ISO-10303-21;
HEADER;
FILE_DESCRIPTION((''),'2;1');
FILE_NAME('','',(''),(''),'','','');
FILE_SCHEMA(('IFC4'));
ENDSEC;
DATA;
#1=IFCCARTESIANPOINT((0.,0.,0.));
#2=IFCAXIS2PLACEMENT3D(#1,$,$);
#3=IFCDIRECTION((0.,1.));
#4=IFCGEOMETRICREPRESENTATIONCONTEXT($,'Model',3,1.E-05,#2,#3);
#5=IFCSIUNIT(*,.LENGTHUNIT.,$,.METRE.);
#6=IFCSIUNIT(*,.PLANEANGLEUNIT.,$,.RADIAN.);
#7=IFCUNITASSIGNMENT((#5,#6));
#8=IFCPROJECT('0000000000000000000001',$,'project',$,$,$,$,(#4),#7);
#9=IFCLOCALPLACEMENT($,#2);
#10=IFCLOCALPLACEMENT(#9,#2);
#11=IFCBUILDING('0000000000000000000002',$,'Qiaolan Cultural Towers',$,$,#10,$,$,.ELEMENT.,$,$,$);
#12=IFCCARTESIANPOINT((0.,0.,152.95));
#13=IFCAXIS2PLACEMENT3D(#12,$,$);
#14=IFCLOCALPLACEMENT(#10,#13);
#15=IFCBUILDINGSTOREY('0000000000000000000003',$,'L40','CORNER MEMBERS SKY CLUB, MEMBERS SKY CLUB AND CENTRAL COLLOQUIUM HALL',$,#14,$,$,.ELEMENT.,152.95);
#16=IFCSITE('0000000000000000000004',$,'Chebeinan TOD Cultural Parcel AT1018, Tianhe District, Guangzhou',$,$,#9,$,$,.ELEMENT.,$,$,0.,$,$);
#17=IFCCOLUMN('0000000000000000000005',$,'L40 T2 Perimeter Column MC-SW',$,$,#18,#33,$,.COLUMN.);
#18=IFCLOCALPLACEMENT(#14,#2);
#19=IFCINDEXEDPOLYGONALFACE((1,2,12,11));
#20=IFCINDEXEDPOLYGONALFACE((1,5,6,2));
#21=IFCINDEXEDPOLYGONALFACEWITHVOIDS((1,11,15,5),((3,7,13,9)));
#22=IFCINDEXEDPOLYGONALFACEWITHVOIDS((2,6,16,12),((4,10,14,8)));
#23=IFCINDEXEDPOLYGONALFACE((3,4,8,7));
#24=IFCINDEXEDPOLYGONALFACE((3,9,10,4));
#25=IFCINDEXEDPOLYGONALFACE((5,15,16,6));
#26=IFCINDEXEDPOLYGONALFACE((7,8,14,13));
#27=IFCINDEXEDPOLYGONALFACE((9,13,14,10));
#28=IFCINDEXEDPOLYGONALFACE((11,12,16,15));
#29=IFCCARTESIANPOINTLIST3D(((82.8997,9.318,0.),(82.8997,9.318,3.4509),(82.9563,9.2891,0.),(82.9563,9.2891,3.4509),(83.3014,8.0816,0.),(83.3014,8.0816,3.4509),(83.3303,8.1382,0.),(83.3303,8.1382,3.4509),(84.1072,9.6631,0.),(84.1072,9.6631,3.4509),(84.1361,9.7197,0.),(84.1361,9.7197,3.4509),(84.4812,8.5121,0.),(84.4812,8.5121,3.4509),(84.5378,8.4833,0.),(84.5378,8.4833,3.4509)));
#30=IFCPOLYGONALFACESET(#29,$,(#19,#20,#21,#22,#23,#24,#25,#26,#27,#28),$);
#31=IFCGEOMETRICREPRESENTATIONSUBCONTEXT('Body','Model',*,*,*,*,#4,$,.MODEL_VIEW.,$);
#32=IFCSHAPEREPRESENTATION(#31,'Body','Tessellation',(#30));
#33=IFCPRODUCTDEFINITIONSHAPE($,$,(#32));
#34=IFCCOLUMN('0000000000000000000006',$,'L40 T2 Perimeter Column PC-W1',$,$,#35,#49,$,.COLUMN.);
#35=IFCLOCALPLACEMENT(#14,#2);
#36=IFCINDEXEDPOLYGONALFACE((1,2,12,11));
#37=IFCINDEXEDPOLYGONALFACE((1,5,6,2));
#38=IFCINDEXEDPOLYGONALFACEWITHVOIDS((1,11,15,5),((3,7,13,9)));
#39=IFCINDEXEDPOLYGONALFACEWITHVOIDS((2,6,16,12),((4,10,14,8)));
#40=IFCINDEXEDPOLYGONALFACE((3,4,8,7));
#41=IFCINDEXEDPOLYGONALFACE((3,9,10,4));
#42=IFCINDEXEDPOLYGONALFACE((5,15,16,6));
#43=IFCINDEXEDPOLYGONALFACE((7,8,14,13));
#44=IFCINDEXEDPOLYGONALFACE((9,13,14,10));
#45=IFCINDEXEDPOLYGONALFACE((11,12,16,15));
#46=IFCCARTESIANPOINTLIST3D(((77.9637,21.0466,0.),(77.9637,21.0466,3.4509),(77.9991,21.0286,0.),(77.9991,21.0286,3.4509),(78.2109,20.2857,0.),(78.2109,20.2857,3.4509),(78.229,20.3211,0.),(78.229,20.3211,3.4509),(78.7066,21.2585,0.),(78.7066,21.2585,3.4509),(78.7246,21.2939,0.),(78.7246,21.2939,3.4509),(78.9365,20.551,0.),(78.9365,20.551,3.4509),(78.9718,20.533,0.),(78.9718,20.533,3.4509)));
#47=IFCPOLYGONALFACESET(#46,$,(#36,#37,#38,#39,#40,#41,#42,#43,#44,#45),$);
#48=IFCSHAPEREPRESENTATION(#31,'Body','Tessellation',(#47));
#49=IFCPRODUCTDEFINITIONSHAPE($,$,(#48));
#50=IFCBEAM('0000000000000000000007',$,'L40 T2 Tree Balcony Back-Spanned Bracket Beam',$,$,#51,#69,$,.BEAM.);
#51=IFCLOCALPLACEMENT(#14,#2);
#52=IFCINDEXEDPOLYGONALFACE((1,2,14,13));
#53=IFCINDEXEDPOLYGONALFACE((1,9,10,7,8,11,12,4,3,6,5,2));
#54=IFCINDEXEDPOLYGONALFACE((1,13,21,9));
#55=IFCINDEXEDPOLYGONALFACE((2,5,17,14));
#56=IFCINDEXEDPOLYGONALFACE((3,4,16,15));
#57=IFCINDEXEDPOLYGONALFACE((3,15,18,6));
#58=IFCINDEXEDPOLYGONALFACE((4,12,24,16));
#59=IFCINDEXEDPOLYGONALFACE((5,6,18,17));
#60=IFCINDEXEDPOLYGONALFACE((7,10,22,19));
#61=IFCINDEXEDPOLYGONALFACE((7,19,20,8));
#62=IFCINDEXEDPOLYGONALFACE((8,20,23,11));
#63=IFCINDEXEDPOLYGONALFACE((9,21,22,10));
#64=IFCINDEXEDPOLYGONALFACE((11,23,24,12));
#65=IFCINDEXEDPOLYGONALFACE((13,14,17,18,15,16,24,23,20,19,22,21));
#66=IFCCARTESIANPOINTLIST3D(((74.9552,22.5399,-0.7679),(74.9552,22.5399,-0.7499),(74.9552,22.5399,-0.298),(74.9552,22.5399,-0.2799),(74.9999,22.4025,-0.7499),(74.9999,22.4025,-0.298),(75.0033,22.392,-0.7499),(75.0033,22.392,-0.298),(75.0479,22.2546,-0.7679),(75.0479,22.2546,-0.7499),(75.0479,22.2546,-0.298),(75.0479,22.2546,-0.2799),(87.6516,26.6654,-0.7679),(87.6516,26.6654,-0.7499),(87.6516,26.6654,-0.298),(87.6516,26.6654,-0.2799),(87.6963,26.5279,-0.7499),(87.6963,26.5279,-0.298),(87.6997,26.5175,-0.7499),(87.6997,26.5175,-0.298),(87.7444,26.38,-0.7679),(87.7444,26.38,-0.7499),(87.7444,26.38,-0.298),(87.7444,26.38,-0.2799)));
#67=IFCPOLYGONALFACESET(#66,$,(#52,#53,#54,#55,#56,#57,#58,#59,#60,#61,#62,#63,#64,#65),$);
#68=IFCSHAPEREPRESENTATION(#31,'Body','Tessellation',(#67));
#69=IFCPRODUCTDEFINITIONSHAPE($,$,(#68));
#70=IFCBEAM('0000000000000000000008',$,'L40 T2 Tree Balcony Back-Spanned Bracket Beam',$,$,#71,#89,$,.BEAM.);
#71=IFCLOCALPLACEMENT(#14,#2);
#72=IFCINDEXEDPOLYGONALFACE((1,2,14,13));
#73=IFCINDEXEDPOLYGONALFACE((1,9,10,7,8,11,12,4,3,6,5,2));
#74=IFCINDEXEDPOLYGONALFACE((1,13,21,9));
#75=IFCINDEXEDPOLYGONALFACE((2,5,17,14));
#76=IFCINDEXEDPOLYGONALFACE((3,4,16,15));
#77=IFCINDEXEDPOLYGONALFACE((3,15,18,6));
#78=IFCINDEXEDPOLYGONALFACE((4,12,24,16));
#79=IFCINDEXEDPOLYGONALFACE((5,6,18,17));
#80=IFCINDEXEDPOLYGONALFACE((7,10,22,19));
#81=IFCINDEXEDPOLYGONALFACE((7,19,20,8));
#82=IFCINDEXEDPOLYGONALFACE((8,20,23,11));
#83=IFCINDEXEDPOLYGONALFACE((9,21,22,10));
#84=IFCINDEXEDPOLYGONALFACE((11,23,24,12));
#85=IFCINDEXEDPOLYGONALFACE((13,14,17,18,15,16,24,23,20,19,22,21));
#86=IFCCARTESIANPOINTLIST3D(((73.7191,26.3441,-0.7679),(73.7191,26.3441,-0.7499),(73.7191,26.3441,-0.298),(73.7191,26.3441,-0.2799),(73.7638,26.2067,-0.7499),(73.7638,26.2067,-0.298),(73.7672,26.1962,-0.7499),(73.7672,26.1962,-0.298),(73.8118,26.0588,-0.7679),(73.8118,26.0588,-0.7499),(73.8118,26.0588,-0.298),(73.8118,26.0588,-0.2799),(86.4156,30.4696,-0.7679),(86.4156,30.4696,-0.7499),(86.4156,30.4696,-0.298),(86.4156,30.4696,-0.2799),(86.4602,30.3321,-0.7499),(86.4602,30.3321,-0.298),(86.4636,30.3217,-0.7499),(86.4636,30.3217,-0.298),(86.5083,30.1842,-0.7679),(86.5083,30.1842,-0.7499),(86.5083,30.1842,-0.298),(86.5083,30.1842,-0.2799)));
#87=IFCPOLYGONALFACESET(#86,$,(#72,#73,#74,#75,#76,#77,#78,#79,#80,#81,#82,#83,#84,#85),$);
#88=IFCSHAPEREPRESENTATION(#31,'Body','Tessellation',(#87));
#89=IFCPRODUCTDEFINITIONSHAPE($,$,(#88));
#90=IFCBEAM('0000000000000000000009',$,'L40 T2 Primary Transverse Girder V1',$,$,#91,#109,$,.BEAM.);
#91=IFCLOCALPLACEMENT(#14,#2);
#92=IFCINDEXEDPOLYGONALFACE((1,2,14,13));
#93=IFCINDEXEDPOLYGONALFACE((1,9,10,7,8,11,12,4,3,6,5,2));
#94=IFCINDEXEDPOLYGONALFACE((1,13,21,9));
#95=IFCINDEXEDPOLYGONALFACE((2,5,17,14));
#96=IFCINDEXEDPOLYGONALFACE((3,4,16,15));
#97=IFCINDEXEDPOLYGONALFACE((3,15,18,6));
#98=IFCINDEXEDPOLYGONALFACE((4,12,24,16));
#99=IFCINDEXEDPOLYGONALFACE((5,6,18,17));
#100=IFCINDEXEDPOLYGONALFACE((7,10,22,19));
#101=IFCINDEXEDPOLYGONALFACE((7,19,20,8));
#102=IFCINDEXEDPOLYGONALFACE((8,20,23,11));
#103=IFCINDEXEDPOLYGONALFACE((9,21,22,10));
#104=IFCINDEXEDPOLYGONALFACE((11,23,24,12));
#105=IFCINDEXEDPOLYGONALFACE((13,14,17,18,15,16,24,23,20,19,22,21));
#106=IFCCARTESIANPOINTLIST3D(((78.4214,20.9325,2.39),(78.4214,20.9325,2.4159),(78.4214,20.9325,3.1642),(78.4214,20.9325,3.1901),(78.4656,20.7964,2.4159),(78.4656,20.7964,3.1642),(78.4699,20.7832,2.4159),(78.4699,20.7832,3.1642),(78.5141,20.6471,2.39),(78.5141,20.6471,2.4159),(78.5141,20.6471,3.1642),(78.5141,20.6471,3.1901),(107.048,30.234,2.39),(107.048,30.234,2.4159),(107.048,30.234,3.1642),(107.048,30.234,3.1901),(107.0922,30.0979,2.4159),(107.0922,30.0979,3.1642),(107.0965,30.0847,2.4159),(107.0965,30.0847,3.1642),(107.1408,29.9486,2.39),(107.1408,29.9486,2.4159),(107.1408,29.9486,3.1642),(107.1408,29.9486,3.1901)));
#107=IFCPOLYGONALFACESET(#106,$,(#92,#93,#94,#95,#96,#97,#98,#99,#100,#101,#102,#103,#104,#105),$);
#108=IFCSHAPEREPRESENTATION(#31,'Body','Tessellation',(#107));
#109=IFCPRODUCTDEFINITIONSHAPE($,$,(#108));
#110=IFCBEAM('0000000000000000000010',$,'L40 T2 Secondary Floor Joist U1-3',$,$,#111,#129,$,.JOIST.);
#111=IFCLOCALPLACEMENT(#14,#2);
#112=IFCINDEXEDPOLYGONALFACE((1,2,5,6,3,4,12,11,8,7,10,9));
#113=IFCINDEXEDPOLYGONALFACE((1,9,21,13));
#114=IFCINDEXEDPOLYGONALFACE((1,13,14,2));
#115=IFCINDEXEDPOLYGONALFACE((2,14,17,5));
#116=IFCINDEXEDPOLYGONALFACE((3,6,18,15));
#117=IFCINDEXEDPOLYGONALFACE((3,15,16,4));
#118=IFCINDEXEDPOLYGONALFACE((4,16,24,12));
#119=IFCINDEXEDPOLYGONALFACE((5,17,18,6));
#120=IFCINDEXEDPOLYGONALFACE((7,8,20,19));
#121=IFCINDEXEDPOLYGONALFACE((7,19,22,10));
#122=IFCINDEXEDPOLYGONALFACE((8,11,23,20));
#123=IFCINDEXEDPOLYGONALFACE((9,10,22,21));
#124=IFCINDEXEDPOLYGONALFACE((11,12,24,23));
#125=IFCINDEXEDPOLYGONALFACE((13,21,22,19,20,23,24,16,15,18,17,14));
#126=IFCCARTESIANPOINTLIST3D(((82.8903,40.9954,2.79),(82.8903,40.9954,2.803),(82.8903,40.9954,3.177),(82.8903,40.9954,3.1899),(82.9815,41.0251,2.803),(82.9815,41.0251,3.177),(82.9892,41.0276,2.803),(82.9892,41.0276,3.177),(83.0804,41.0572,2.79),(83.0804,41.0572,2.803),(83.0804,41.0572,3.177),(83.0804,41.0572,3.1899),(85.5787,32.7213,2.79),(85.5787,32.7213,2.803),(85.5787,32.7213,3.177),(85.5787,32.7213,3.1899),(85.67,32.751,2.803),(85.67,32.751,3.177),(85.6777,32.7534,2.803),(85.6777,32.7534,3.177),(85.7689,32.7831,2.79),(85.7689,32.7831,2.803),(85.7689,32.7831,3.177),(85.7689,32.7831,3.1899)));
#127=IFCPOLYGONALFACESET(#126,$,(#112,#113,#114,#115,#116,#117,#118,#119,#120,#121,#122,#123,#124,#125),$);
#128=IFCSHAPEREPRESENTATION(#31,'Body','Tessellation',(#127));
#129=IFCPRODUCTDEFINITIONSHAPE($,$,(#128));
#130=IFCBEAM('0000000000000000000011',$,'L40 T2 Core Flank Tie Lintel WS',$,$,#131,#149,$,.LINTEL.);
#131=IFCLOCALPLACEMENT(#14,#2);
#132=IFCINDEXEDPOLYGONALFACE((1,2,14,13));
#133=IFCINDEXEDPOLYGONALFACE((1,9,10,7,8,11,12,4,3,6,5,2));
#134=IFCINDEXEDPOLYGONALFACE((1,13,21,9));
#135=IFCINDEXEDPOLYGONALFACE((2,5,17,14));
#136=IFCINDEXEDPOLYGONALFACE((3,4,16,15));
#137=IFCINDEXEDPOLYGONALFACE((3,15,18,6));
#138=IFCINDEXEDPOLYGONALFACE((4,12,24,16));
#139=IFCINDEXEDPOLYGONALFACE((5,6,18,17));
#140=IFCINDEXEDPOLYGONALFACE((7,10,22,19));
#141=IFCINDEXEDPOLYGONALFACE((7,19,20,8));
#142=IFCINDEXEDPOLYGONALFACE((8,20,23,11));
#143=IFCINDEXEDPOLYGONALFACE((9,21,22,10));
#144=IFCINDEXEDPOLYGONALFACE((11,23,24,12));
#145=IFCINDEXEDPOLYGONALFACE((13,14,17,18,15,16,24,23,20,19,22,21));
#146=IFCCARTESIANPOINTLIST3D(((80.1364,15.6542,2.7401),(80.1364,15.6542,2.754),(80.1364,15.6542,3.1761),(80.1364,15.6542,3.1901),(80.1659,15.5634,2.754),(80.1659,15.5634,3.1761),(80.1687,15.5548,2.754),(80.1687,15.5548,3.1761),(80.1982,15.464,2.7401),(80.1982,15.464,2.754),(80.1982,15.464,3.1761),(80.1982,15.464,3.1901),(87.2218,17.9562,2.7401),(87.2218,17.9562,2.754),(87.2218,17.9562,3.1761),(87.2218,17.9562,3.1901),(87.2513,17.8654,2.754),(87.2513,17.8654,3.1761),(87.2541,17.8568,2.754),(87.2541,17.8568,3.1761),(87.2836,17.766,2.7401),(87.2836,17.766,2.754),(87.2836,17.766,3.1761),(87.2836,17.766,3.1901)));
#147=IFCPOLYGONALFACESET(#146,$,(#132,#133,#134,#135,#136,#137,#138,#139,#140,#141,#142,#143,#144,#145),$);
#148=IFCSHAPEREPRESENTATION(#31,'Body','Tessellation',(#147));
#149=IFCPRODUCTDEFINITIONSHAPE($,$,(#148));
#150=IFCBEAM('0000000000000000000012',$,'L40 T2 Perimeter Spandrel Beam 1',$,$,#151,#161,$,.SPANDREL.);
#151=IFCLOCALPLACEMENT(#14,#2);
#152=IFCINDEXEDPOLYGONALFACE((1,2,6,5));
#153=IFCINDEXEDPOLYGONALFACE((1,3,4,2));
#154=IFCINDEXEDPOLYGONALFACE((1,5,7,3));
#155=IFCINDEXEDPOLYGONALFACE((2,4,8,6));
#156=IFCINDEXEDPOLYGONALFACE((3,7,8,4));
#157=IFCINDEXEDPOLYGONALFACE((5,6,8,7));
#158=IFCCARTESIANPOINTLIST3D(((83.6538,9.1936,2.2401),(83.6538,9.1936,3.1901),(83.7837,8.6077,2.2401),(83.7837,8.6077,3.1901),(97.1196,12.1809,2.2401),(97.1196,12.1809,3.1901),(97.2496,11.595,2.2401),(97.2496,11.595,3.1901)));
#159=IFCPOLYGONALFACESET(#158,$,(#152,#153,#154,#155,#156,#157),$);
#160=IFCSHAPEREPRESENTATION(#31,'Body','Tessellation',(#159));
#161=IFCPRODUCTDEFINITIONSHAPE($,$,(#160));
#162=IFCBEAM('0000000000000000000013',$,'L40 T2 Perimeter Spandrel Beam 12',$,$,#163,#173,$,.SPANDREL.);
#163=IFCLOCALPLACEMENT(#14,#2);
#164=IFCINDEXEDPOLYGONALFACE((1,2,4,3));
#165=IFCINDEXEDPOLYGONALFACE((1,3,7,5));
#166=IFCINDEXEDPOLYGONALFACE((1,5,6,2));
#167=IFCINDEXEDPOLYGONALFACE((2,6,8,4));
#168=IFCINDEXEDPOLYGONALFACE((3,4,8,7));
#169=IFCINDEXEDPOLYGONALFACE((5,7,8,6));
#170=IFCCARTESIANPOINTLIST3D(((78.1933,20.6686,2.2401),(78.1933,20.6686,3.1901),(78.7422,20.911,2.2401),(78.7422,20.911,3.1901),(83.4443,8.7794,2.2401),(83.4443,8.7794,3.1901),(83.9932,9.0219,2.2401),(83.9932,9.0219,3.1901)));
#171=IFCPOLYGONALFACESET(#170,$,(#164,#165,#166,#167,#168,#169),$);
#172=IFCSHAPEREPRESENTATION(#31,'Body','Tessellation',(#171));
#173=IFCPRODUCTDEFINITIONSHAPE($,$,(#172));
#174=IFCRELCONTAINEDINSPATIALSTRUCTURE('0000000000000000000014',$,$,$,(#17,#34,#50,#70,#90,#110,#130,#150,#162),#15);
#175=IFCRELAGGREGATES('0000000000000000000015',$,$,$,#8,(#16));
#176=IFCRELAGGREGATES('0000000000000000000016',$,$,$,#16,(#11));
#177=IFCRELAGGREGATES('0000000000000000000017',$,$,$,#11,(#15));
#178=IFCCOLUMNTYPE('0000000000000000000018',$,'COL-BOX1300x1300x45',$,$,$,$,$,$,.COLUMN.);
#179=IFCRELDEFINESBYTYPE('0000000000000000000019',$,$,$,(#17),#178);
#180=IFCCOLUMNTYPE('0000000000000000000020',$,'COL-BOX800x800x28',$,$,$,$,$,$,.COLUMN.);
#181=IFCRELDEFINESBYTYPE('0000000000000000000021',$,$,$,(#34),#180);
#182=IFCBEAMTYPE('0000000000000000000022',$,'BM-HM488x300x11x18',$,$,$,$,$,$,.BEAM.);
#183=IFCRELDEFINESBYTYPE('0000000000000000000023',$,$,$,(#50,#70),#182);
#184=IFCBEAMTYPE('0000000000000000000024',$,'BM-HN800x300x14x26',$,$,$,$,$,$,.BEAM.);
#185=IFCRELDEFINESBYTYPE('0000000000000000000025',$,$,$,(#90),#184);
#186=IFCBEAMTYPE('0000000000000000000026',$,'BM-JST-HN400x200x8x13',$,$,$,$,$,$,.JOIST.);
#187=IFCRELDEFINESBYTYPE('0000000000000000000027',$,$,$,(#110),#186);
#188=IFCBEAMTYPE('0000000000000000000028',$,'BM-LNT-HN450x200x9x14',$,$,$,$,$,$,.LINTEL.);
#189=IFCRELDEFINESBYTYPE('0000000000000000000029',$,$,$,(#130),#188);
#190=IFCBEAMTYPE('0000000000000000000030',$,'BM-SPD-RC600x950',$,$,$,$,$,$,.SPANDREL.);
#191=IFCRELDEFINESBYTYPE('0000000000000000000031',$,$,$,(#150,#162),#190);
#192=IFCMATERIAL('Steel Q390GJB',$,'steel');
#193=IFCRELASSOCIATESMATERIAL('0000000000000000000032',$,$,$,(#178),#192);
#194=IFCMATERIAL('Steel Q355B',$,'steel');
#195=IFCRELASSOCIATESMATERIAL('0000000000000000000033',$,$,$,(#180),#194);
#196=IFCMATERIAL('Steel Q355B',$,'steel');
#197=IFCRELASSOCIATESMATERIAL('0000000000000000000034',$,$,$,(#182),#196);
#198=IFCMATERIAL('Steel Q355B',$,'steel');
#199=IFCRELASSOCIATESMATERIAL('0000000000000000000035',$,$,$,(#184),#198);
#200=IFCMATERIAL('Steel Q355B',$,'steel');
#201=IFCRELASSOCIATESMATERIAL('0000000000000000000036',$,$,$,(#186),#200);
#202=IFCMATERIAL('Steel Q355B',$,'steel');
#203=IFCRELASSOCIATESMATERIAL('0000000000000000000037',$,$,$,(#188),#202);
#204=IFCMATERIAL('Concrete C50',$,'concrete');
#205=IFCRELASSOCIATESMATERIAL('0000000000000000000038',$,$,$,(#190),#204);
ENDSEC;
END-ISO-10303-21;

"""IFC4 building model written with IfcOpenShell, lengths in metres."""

from ifc_helpers import new_model, si_unit, direction, frame, origin, origin_2d, place, context, subcontext, project, spatial, rectangle, hollow_rectangle, i_section, extrude, material, material_profile, profile_set, type_object, element, save


model = new_model("IFC4")

# Units and contexts
model_context = context("Model", 3, precision=1e-05, world=origin(), true_north=direction((0.0, 1.0)))
body_context = subcontext(model_context, "Body", "Model", "MODEL_VIEW")
ifc_project = project(units=[si_unit("LENGTHUNIT", "METRE"), si_unit("PLANEANGLEUNIT", "RADIAN")], contexts=[model_context])

# Site, building, storey
site_placement = place(None, origin())
site = spatial("IfcSite", under=ifc_project, at=site_placement, Name="Chebeinan TOD Cultural Parcel AT1018, Tianhe District, Guangzhou", CompositionType="ELEMENT", RefElevation=0.0)
building_placement = place(site_placement, origin())
building = spatial("IfcBuilding", under=site, at=building_placement, Name="Qiaolan Cultural Towers", CompositionType="ELEMENT")
storey_placement = place(building_placement, frame((0.0, 0.0, 152.95)))
storey = spatial("IfcBuildingStorey", under=building, at=storey_placement, Name="L40", Description="CORNER MEMBERS SKY CLUB, MEMBERS SKY CLUB AND CENTRAL COLLOQUIUM HALL", CompositionType="ELEMENT", Elevation=152.95)

# Columns
ifc_material_1 = material(Name="Steel Q390GJB", Category="steel")
ifc_material_profile_1 = material_profile(ifc_material_1, hollow_rectangle(XDim=1.3, YDim=1.3, WallThickness=0.0449, at=origin_2d()), Name="BOX1300x1300x45")
ifc_profile_set_1 = profile_set([ifc_material_profile_1], Name="Steel Q390GJB")
column_type_1 = type_object("IfcColumnType", Name="COL-BOX1300x1300x45", PredefinedType="COLUMN", material=ifc_profile_set_1)
column_1_placement = place(storey_placement, frame((83.7188, 8.9006, 0.0), z_axis=(0.0, 0.0, 1.0), x_axis=(0.951057, 0.309017, 0.0)))
element("IfcColumn", 1, at=column_1_placement, inside=storey, type_object=column_type_1, Name="L40 T2 Perimeter Column MC-SW", PredefinedType="COLUMN", context=body_context, shape_type="SweptSolid", body=[
    extrude(hollow_rectangle(XDim=1.3, YDim=1.3, WallThickness=0.0449, at=origin_2d()), origin(), (0.0, 0.0, 1.0), 3.4509),
])
ifc_material_2 = material(Name="Steel Q355B", Category="steel")
ifc_material_profile_2 = material_profile(ifc_material_2, hollow_rectangle(XDim=0.8, YDim=0.8, WallThickness=0.0281, at=origin_2d()), Name="BOX800x800x28")
ifc_profile_set_2 = profile_set([ifc_material_profile_2], Name="Steel Q355B")
column_type_2 = type_object("IfcColumnType", Name="COL-BOX800x800x28", PredefinedType="COLUMN", material=ifc_profile_set_2)
column_2_placement = place(storey_placement, frame((78.4678, 20.7898, 0.0), z_axis=(0.0, 0.0, 1.0), x_axis=(0.951057, 0.309017, 0.0)))
element("IfcColumn", 2, at=column_2_placement, inside=storey, type_object=column_type_2, Name="L40 T2 Perimeter Column PC-W1", PredefinedType="COLUMN", context=body_context, shape_type="SweptSolid", body=[
    extrude(hollow_rectangle(XDim=0.8, YDim=0.8, WallThickness=0.0281, at=origin_2d()), origin(), (0.0, 0.0, 1.0), 3.4509),
])

# Beams
ifc_material_3 = material(Name="Steel Q355B", Category="steel")
ifc_material_profile_3 = material_profile(ifc_material_3, i_section(OverallWidth=0.3, OverallDepth=0.488, WebThickness=0.011, FlangeThickness=0.0181, at=origin_2d()), Name="HM488x300x11x18")
ifc_profile_set_3 = profile_set([ifc_material_profile_3], Name="Steel Q355B")
beam_type_1 = type_object("IfcBeamType", Name="BM-HM488x300x11x18", PredefinedType="BEAM", material=ifc_profile_set_3)
for number, where, z_axis, x_axis, name in (
    (3, (87.698, 26.5227, -0.5239), (-0.951054, -0.309026, 0.0), (0.309026, -0.951054, 0.0), "L40 T2 Tree Balcony Back-Spanned Bracket Beam"),
    (4, (86.4619, 30.3269, -0.5239), (-0.951054, -0.309026, 0.0), (0.309026, -0.951054, 0.0), "L40 T2 Tree Balcony Back-Spanned Bracket Beam"),
):
    element("IfcBeam", number, at=place(storey_placement, frame(where, z_axis=z_axis, x_axis=x_axis)), inside=storey, type_object=beam_type_1, Name=name, PredefinedType="BEAM", context=body_context, shape_type="SweptSolid", body=[
        extrude(i_section(OverallWidth=0.3, OverallDepth=0.488, WebThickness=0.011, FlangeThickness=0.0181, at=origin_2d()), origin(), (0.0, 0.0, 1.0), 13.3499),
    ])
ifc_material_4 = material(Name="Steel Q355B", Category="steel")
ifc_material_profile_4 = material_profile(ifc_material_4, i_section(OverallWidth=0.3, OverallDepth=0.8, WebThickness=0.0139, FlangeThickness=0.0259, at=origin_2d()), Name="HN800x300x14x26")
ifc_profile_set_4 = profile_set([ifc_material_profile_4], Name="Steel Q355B")
beam_type_2 = type_object("IfcBeamType", Name="BM-HN800x300x14x26", PredefinedType="BEAM", material=ifc_profile_set_4)
beam_1_placement = place(storey_placement, frame((78.4678, 20.7898, 2.79), z_axis=(0.951055, 0.309021, 0.0), x_axis=(-0.309021, 0.951055, 0.0)))
element("IfcBeam", 5, at=beam_1_placement, inside=storey, type_object=beam_type_2, Name="L40 T2 Primary Transverse Girder V1", PredefinedType="BEAM", context=body_context, shape_type="SweptSolid", body=[
    extrude(i_section(OverallWidth=0.3, OverallDepth=0.8, WebThickness=0.0139, FlangeThickness=0.0259, at=origin_2d()), origin(), (0.0, 0.0, 1.0), 30.0999),
])
ifc_material_5 = material(Name="Steel Q355B", Category="steel")
ifc_material_profile_5 = material_profile(ifc_material_5, i_section(OverallWidth=0.2, OverallDepth=0.3999, WebThickness=0.0081, FlangeThickness=0.0129, at=origin_2d()), Name="HN400x200x8x13")
ifc_profile_set_5 = profile_set([ifc_material_profile_5], Name="Steel Q355B")
beam_type_3 = type_object("IfcBeamType", Name="BM-JST-HN400x200x8x13", PredefinedType="JOIST", material=ifc_profile_set_5)
beam_2_placement = place(storey_placement, frame((85.6738, 32.7522, 2.99), z_axis=(-0.309021, 0.951055, 0.0), x_axis=(-0.951055, -0.309021, 0.0)))
element("IfcBeam", 6, at=beam_2_placement, inside=storey, type_object=beam_type_3, Name="L40 T2 Secondary Floor Joist U1-3", PredefinedType="JOIST", context=body_context, shape_type="SweptSolid", body=[
    extrude(i_section(OverallWidth=0.2, OverallDepth=0.3999, WebThickness=0.0081, FlangeThickness=0.0129, at=origin_2d()), origin(), (0.0, 0.0, 1.0), 8.7),
])
ifc_material_6 = material(Name="Steel Q355B", Category="steel")
ifc_material_profile_6 = material_profile(ifc_material_6, i_section(OverallWidth=0.2, OverallDepth=0.45, WebThickness=0.009, FlangeThickness=0.0139, at=origin_2d()), Name="HN450x200x9x14")
ifc_profile_set_6 = profile_set([ifc_material_profile_6], Name="Steel Q355B")
beam_type_4 = type_object("IfcBeamType", Name="BM-LNT-HN450x200x9x14", PredefinedType="LINTEL", material=ifc_profile_set_6)
beam_3_placement = place(storey_placement, frame((87.2527, 17.8611, 2.9651), z_axis=(-0.951064, -0.308993, 0.0), x_axis=(0.308993, -0.951064, 0.0)))
element("IfcBeam", 7, at=beam_3_placement, inside=storey, type_object=beam_type_4, Name="L40 T2 Core Flank Tie Lintel WS", PredefinedType="LINTEL", context=body_context, shape_type="SweptSolid", body=[
    extrude(i_section(OverallWidth=0.2, OverallDepth=0.45, WebThickness=0.009, FlangeThickness=0.0139, at=origin_2d()), origin(), (0.0, 0.0, 1.0), 7.45),
])
ifc_material_7 = material(Name="Concrete C50", Category="concrete")
ifc_material_profile_7 = material_profile(ifc_material_7, rectangle(XDim=0.6001, YDim=0.95, at=origin_2d()), Name="RC600x950")
ifc_profile_set_7 = profile_set([ifc_material_profile_7], Name="Concrete C50")
beam_type_5 = type_object("IfcBeamType", Name="BM-SPD-RC600x950", PredefinedType="SPANDREL", material=ifc_profile_set_7)
beam_4_placement = place(storey_placement, frame((83.7188, 8.9006, 2.7151), z_axis=(0.976265, 0.216578, 0.0), x_axis=(-0.216578, 0.976265, 0.0)))
element("IfcBeam", 8, at=beam_4_placement, inside=storey, type_object=beam_type_5, Name="L40 T2 Perimeter Spandrel Beam 1", PredefinedType="SPANDREL", context=body_context, shape_type="SweptSolid", body=[
    extrude(rectangle(XDim=0.6001, YDim=0.95, at=origin_2d()), origin(), (0.0, 0.0, 1.0), 13.7932),
])
beam_5_placement = place(storey_placement, frame((78.4678, 20.7898, 2.7151), z_axis=(0.404011, -0.914754, 0.0), x_axis=(0.914754, 0.404011, 0.0)))
element("IfcBeam", 9, at=beam_5_placement, inside=storey, type_object=beam_type_5, Name="L40 T2 Perimeter Spandrel Beam 12", PredefinedType="SPANDREL", context=body_context, shape_type="SweptSolid", body=[
    extrude(rectangle(XDim=0.6001, YDim=0.95, at=origin_2d()), origin(), (0.0, 0.0, 1.0), 12.9971),
])

save(model, "model.ifc")
